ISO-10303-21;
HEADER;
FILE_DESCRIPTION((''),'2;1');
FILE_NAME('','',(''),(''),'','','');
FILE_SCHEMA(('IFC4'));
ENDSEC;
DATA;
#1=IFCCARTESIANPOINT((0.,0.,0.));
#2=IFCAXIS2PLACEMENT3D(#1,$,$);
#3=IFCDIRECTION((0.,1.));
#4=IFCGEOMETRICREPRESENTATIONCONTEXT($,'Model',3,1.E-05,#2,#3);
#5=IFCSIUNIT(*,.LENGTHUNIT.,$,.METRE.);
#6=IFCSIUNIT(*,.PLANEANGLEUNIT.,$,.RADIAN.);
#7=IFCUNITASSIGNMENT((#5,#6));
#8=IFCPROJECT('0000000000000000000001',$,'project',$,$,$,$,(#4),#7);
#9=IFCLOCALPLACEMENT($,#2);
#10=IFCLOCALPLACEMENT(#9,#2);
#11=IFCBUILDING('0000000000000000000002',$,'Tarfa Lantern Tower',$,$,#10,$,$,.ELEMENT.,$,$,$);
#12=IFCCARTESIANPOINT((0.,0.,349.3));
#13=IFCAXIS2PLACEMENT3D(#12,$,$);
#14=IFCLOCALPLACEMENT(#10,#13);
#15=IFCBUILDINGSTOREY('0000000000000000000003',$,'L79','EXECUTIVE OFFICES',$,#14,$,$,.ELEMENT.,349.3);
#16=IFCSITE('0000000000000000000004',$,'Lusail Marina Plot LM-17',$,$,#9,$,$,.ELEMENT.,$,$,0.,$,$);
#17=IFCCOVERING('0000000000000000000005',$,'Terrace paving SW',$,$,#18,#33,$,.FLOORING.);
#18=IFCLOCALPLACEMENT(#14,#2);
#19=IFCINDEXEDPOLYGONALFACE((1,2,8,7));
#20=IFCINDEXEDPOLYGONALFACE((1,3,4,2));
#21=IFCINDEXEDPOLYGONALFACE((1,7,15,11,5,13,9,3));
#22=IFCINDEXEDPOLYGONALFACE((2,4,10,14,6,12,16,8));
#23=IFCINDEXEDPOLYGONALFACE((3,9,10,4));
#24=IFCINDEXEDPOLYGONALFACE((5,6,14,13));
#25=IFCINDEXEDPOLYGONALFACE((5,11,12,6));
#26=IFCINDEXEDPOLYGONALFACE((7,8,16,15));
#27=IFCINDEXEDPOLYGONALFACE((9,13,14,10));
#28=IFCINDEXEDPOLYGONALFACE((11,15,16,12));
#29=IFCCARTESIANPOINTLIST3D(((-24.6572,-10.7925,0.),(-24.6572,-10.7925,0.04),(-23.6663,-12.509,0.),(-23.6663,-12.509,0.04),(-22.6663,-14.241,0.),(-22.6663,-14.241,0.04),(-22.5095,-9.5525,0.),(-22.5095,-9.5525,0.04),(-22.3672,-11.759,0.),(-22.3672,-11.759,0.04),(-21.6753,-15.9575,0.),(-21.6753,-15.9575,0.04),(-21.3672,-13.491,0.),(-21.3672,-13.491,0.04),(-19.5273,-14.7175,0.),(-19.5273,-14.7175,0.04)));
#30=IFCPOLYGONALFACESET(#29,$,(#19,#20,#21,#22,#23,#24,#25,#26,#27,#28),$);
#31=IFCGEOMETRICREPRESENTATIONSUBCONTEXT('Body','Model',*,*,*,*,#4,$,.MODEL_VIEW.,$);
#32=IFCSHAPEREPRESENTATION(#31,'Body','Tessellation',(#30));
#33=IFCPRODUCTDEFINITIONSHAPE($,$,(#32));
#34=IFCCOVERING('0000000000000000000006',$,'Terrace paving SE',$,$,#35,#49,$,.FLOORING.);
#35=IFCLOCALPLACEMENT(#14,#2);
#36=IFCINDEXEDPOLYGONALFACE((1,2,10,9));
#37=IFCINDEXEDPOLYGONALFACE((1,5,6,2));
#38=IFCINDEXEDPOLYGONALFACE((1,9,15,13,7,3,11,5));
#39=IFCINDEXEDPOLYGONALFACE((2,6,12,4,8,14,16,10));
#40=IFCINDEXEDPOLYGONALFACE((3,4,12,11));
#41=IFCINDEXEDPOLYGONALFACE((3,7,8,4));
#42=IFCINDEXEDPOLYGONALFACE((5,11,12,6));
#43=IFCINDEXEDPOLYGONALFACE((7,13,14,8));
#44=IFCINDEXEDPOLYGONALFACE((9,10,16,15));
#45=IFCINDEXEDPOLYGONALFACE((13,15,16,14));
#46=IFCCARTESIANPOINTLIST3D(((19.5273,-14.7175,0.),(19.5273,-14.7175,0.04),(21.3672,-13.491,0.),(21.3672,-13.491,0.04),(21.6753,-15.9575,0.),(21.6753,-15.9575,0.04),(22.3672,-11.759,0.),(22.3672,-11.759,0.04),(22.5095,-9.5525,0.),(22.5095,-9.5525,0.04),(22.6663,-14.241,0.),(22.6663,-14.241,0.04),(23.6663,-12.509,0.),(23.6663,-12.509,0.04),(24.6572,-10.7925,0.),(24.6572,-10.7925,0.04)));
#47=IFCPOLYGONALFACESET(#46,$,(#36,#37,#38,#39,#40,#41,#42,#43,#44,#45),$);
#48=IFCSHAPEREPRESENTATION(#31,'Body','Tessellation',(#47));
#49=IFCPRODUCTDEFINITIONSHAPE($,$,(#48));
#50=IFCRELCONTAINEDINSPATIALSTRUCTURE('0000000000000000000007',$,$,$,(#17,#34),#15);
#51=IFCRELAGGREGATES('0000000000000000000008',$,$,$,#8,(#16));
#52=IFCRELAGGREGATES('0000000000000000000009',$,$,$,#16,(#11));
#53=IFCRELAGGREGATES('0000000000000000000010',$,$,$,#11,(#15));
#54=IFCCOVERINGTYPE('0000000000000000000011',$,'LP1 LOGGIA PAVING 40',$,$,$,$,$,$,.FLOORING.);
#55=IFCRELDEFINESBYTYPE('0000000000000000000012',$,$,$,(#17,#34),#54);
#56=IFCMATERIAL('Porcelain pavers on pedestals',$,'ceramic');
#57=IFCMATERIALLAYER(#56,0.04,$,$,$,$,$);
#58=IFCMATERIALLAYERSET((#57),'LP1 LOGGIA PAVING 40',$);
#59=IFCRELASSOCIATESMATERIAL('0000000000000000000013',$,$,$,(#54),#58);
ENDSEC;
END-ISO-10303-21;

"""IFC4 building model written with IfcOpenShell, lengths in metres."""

from ifc_helpers import new_model, si_unit, direction, frame, origin, place, context, subcontext, project, spatial, polyline, outline, extrude, material, layer, layer_set, type_object, element, save


model = new_model("IFC4")

# Units and contexts
model_context = context("Model", 3, precision=1e-05, world=origin(), true_north=direction((0.0, 1.0)))
body_context = subcontext(model_context, "Body", "Model", "MODEL_VIEW")
ifc_project = project(units=[si_unit("LENGTHUNIT", "METRE"), si_unit("PLANEANGLEUNIT", "RADIAN")], contexts=[model_context])

# Site, building, storey
site_placement = place(None, origin())
site = spatial("IfcSite", under=ifc_project, at=site_placement, Name="Lusail Marina Plot LM-17", CompositionType="ELEMENT", RefElevation=0.0)
building_placement = place(site_placement, origin())
building = spatial("IfcBuilding", under=site, at=building_placement, Name="Tarfa Lantern Tower", CompositionType="ELEMENT")
storey_placement = place(building_placement, frame((0.0, 0.0, 349.3)))
storey = spatial("IfcBuildingStorey", under=building, at=storey_placement, Name="L79", Description="EXECUTIVE OFFICES", CompositionType="ELEMENT", Elevation=349.3)

# Coverings
ifc_material_1 = material(Name="Porcelain pavers on pedestals", Category="ceramic")
ifc_layer_1 = layer(ifc_material_1, 0.04)
ifc_layer_set_1 = layer_set([ifc_layer_1], Name="LP1 LOGGIA PAVING 40")
covering_type = type_object("IfcCoveringType", Name="LP1 LOGGIA PAVING 40", PredefinedType="FLOORING", material=ifc_layer_set_1)
covering_1_placement = place(storey_placement, origin())
element("IfcCovering", 1, at=covering_1_placement, inside=storey, type_object=covering_type, Name="Terrace paving SW", PredefinedType="FLOORING", context=body_context, shape_type="SweptSolid", body=[
    extrude(outline(polyline([(-24.6572, -10.7925), (-22.5095, -9.5525), (-19.5273, -14.7175), (-21.6753, -15.9575), (-22.6663, -14.241), (-21.3672, -13.491), (-22.3672, -11.759), (-23.6663, -12.509), (-24.6572, -10.7925)])), origin(), (0.0, 0.0, 1.0), 0.04),
])
covering_2_placement = place(storey_placement, origin())
element("IfcCovering", 2, at=covering_2_placement, inside=storey, type_object=covering_type, Name="Terrace paving SE", PredefinedType="FLOORING", context=body_context, shape_type="SweptSolid", body=[
    extrude(outline(polyline([(21.6753, -15.9575), (19.5273, -14.7175), (22.5095, -9.5525), (24.6572, -10.7925), (23.6663, -12.509), (22.3672, -11.759), (21.3672, -13.491), (22.6663, -14.241), (21.6753, -15.9575)])), origin(), (0.0, 0.0, 1.0), 0.04),
])

save(model, "model.ifc")
